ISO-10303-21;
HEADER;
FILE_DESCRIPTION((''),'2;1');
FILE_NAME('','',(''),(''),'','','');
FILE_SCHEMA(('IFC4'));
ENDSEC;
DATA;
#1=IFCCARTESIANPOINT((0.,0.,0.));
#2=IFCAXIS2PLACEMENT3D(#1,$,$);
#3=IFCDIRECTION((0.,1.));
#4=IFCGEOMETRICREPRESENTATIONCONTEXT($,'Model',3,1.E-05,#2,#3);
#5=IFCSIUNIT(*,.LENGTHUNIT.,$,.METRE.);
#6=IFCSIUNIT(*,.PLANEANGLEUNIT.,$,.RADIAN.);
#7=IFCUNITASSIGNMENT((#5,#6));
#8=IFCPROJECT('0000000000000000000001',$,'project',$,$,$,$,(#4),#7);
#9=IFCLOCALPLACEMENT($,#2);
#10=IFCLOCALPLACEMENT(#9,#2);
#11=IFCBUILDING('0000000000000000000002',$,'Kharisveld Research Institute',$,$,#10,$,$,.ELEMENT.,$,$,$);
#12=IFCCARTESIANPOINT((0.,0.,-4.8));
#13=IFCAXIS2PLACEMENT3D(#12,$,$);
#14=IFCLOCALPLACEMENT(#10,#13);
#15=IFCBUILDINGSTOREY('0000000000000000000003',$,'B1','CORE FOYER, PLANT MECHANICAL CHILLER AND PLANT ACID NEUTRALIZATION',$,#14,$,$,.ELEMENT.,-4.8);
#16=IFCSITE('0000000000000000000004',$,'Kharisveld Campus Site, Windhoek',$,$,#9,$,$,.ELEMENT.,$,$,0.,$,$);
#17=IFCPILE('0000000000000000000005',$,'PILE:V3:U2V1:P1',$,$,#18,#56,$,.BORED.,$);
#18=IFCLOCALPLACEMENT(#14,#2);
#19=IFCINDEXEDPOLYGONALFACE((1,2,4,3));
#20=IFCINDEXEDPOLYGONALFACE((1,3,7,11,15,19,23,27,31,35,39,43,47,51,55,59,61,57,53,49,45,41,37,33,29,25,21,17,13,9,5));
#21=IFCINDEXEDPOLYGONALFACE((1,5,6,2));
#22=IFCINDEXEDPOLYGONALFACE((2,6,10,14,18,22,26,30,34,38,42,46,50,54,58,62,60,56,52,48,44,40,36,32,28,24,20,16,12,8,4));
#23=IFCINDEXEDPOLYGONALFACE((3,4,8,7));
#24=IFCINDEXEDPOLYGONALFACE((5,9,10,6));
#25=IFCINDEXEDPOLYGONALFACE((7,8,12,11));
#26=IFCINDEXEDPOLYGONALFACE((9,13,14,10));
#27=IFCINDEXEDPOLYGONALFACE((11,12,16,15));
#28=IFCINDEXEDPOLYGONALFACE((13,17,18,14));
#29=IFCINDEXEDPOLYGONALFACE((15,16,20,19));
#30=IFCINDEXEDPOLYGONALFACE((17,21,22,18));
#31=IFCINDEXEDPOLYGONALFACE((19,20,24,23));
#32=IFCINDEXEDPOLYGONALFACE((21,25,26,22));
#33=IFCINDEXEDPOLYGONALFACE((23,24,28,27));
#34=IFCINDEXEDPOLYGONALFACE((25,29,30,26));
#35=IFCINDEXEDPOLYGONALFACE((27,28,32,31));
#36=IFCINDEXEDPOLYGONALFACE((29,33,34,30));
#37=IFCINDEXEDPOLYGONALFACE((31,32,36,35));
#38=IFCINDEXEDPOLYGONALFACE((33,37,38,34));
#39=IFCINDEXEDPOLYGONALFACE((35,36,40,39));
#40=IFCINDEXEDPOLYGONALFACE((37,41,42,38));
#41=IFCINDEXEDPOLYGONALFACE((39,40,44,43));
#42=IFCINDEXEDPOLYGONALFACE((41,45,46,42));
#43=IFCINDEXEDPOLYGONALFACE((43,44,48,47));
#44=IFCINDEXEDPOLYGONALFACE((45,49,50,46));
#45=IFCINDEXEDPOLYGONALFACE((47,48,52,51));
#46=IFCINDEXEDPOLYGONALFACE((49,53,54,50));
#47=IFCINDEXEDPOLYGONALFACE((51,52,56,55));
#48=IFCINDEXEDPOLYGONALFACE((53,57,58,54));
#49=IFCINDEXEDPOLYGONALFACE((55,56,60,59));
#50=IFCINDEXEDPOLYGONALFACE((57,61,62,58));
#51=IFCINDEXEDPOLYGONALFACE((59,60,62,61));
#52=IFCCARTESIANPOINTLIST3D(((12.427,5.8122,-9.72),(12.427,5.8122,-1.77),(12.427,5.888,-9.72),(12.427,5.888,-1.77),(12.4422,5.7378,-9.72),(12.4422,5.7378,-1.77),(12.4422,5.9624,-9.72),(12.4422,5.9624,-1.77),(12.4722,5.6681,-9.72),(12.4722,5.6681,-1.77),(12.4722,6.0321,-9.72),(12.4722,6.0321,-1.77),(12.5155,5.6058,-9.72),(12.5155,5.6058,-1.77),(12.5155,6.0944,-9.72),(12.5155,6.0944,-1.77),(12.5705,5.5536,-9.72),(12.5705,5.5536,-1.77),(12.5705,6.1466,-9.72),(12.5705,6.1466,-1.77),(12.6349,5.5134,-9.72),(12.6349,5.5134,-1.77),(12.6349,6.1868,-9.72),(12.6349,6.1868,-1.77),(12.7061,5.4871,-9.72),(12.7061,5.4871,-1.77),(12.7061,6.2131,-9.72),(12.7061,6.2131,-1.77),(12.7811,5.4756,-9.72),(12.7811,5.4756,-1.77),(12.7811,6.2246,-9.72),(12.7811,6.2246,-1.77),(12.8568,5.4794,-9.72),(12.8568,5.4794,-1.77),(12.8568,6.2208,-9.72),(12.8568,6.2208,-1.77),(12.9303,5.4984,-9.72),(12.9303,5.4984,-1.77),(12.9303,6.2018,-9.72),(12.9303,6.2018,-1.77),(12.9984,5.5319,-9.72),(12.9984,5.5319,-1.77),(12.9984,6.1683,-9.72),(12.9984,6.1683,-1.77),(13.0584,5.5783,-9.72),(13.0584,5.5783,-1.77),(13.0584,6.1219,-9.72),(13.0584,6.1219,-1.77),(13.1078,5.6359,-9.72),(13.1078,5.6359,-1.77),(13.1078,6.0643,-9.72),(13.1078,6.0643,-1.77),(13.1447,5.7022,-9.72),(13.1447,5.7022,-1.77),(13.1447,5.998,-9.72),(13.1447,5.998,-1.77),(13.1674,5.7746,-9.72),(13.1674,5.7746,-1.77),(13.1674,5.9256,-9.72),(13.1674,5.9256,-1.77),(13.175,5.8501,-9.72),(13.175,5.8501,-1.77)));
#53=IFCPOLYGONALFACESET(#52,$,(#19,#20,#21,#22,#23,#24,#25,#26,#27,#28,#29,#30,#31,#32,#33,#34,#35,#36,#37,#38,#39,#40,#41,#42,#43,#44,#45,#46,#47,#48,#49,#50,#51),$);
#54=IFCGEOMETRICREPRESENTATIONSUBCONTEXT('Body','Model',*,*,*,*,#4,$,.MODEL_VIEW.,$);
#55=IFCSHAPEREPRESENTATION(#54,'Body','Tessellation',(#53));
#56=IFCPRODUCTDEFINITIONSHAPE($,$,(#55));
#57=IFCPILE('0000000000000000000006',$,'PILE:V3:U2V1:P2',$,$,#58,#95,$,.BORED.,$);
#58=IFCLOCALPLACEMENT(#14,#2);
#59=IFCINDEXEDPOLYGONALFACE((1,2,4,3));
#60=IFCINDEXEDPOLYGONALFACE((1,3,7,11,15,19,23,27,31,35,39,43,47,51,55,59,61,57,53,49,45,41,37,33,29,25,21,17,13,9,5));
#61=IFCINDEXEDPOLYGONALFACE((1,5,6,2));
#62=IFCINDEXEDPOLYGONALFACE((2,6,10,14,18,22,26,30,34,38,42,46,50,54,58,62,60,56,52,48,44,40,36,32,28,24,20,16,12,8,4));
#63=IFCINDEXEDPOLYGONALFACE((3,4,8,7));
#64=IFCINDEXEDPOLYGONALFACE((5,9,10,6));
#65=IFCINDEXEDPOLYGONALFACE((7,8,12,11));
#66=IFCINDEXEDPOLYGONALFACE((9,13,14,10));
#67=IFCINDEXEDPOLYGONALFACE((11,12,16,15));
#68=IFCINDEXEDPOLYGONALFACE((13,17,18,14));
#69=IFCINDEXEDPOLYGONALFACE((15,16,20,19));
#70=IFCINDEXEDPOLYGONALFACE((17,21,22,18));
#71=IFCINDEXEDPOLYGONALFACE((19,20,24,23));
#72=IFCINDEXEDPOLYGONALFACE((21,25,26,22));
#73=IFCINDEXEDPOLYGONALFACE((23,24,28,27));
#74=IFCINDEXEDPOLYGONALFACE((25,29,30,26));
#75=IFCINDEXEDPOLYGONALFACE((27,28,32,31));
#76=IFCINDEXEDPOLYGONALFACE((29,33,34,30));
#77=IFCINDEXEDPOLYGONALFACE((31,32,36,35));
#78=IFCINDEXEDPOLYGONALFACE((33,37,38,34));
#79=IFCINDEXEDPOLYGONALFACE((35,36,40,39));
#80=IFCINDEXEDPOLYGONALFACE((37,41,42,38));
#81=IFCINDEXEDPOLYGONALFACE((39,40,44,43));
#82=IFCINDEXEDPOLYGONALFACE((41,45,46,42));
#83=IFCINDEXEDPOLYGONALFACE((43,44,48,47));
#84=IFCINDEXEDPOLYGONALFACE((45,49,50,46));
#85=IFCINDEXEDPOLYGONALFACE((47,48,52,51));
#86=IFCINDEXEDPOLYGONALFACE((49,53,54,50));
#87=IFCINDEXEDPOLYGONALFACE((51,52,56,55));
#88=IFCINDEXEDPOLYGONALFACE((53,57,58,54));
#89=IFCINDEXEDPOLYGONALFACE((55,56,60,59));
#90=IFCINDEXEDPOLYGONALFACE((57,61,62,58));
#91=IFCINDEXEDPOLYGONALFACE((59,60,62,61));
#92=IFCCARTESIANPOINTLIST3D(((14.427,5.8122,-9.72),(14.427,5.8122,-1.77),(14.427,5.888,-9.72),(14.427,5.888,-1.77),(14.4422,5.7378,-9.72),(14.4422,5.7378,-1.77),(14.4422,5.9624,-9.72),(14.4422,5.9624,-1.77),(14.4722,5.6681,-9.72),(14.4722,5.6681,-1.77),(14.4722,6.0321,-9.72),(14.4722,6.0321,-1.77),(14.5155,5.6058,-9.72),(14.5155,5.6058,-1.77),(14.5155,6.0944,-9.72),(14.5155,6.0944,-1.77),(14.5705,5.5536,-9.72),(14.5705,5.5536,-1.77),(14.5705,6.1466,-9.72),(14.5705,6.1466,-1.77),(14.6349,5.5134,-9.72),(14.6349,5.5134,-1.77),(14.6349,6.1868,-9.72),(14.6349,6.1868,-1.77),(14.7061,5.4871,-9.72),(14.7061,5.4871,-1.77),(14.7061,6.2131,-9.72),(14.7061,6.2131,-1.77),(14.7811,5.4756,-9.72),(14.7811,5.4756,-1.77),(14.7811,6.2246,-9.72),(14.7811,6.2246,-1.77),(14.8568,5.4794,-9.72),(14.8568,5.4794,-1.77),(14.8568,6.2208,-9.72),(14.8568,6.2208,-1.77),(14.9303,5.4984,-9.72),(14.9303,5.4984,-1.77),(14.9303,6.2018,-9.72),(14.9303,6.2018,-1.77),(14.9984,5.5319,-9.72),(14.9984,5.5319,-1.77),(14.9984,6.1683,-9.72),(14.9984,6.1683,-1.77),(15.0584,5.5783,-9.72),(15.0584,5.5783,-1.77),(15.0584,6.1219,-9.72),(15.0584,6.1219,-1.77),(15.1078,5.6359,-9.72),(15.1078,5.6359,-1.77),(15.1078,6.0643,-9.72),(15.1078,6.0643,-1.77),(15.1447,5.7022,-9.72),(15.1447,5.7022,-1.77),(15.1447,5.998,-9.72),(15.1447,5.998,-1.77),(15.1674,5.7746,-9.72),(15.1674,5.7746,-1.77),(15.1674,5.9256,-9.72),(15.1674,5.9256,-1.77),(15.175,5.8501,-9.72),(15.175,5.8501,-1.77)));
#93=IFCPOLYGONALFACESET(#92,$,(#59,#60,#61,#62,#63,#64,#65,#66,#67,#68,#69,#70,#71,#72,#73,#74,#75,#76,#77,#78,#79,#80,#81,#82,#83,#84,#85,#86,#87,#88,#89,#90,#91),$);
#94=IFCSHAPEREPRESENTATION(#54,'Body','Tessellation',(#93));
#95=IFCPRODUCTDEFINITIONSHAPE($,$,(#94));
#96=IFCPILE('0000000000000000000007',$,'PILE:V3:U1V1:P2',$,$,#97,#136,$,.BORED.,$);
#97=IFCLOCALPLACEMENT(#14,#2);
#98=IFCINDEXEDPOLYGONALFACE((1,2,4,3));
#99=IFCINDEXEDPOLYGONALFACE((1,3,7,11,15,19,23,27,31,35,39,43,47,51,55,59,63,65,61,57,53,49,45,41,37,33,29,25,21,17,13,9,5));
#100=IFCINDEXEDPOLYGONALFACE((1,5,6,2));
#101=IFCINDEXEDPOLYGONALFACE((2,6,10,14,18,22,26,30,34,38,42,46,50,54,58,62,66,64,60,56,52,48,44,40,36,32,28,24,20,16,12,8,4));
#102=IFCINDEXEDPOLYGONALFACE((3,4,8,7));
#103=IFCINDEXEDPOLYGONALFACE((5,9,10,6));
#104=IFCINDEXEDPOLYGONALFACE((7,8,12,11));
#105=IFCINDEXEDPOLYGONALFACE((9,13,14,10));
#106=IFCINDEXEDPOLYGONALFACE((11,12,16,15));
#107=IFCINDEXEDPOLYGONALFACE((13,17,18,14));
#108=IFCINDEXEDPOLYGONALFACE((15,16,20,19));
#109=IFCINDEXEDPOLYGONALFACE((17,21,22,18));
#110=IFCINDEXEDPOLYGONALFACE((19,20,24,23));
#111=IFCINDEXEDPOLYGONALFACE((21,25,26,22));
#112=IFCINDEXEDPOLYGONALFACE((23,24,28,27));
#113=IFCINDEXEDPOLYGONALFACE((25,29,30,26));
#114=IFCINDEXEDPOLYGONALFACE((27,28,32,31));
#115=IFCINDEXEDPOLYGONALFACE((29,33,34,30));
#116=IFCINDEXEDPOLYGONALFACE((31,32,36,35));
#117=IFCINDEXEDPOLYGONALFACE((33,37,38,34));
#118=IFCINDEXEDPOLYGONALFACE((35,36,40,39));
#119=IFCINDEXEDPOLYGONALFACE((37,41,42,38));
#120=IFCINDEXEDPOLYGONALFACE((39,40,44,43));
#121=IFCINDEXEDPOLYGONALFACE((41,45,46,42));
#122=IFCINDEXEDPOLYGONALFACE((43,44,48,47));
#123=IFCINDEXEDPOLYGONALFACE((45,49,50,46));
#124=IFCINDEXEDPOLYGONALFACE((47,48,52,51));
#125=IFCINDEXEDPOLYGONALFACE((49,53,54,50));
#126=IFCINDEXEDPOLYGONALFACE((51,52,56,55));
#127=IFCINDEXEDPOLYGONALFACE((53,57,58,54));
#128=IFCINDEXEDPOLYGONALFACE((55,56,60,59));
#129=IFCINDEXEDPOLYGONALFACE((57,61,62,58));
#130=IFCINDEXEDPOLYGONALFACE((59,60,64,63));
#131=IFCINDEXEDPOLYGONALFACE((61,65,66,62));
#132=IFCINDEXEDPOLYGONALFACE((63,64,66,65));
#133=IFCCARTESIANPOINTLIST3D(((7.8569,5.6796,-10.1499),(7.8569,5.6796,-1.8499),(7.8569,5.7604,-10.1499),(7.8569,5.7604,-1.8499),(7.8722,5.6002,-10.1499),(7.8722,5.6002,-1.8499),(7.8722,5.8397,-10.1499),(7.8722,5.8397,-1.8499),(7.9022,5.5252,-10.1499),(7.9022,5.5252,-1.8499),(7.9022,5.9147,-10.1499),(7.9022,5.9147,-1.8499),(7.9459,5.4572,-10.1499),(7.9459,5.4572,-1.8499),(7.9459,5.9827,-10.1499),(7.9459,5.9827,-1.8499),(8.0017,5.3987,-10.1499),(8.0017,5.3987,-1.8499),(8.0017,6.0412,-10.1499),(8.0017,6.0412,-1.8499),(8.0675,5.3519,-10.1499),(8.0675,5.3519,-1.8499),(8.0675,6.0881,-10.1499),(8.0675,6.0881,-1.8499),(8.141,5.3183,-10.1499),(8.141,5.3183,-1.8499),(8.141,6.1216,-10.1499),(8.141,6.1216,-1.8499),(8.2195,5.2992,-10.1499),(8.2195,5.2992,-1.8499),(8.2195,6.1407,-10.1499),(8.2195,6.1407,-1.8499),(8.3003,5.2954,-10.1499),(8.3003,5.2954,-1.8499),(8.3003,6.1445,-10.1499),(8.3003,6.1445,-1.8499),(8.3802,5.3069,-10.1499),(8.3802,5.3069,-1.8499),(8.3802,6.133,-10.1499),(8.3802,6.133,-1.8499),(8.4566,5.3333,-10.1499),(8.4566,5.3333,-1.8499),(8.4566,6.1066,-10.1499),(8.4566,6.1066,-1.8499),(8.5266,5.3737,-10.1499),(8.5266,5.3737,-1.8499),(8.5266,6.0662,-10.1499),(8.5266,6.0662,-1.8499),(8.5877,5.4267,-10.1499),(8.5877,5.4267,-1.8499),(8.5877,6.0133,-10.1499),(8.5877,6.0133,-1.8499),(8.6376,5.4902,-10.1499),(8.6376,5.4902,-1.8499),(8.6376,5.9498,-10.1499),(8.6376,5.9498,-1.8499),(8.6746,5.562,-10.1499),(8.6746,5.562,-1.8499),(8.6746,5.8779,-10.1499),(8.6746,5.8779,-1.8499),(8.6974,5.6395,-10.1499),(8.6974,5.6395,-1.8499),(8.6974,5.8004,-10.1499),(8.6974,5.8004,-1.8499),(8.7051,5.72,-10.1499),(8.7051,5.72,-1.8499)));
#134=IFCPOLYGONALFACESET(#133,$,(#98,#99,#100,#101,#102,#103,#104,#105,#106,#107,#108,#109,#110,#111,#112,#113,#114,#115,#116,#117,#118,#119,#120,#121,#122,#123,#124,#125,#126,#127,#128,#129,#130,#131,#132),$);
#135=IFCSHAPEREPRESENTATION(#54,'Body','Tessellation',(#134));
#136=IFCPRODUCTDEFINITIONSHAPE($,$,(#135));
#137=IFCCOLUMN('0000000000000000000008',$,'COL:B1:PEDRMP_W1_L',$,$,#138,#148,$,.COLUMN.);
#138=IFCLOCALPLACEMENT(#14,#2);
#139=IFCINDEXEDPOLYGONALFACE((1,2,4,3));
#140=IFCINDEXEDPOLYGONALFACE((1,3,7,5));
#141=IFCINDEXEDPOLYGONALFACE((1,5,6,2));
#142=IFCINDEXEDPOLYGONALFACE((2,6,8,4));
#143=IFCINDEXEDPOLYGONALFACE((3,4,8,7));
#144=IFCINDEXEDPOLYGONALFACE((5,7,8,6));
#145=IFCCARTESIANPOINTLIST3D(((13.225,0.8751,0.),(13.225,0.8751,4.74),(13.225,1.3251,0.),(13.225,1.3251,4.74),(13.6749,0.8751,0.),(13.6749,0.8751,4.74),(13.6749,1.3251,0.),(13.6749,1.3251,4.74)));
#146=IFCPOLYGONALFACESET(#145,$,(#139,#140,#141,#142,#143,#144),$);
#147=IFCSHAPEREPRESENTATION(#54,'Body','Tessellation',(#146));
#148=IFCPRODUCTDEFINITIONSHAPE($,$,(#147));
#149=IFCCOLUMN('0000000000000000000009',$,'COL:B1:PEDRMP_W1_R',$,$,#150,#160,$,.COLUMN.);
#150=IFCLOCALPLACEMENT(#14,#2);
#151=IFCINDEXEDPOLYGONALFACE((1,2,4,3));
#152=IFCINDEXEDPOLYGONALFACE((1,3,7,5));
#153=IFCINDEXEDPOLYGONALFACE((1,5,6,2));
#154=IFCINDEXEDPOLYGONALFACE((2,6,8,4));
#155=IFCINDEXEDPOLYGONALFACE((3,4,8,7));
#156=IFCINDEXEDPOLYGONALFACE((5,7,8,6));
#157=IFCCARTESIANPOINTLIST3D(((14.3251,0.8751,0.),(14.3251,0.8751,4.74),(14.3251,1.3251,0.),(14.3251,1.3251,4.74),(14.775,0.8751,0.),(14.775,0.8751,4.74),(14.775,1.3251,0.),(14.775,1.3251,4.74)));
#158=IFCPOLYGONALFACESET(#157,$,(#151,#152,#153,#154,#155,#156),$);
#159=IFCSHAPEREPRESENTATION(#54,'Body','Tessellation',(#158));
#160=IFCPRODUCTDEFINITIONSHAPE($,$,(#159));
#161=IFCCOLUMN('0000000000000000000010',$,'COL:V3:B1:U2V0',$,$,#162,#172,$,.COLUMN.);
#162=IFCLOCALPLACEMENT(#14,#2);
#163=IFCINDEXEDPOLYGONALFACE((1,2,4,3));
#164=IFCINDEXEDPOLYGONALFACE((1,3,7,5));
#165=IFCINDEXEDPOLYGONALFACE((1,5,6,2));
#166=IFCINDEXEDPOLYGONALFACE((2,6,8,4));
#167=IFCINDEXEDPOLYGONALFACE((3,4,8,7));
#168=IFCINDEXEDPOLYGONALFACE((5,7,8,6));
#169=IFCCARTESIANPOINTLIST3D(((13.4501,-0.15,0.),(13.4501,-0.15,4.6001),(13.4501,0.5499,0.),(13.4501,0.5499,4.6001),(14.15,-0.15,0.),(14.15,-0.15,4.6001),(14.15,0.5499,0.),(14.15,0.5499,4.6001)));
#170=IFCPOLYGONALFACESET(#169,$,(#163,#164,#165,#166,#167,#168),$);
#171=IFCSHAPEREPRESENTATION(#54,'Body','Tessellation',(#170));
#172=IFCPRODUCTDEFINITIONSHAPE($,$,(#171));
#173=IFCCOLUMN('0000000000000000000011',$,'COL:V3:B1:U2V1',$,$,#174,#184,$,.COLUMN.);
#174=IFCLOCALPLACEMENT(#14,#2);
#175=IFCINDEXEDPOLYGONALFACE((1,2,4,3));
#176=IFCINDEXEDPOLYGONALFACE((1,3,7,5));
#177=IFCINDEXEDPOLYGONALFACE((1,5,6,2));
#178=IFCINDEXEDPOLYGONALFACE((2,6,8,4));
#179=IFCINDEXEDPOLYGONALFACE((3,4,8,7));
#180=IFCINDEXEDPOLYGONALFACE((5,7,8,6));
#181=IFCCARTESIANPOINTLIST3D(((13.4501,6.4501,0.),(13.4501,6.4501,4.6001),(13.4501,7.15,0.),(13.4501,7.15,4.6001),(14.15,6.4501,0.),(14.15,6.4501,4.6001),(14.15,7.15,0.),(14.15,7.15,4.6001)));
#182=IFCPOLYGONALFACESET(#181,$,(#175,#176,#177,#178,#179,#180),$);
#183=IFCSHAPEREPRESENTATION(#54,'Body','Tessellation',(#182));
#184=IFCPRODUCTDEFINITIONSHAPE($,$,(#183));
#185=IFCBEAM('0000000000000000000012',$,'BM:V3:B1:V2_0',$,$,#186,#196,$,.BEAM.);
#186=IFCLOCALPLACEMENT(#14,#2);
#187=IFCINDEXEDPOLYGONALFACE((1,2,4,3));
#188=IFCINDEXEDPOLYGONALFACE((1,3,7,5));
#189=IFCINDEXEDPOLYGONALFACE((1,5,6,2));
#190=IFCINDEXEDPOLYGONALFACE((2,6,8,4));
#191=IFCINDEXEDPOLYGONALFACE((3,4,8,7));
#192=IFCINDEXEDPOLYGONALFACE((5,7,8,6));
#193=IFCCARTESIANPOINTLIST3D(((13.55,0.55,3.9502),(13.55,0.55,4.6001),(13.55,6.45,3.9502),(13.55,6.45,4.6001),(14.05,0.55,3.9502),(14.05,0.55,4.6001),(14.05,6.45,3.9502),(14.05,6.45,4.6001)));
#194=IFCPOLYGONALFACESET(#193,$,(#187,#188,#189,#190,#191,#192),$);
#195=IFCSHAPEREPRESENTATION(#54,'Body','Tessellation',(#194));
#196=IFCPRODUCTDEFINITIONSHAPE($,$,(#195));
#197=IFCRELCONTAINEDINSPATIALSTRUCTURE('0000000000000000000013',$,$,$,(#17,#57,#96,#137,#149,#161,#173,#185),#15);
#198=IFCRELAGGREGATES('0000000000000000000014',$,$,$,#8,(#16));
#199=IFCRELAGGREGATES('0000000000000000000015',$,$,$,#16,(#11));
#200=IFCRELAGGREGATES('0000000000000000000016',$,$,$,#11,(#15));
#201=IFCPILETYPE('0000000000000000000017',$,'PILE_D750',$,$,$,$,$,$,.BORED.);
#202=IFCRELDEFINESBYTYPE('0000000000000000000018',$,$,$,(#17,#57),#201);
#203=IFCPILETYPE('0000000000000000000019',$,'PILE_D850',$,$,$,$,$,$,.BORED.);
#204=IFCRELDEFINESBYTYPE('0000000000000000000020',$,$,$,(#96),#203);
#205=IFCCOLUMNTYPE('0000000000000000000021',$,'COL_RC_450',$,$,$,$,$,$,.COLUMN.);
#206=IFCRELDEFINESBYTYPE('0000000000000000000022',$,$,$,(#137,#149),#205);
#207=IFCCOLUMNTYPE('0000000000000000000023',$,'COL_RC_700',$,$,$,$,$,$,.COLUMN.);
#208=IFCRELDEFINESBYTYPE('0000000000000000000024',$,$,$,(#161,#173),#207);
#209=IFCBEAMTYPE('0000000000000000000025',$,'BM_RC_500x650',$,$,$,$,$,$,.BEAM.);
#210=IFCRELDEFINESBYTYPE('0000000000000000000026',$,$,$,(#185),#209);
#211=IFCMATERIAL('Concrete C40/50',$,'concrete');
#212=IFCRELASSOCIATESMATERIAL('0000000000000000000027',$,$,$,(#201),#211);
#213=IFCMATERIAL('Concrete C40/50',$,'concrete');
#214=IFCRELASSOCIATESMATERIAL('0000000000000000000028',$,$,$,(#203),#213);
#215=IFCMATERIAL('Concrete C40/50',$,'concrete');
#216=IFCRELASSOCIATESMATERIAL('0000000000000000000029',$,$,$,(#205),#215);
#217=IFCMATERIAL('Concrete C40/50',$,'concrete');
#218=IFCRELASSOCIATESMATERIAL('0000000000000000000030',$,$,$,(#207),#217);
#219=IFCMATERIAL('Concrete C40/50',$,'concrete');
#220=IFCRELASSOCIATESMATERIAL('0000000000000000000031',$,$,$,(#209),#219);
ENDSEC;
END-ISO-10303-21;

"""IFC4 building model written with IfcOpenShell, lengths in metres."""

from ifc_helpers import new_model, si_unit, direction, frame, origin, origin_2d, place, context, subcontext, project, spatial, rectangle, circle, extrude, material, material_profile, profile_set, type_object, element, save


model = new_model("IFC4")

# Units and contexts
model_context = context("Model", 3, precision=1e-05, world=origin(), true_north=direction((0.0, 1.0)))
body_context = subcontext(model_context, "Body", "Model", "MODEL_VIEW")
ifc_project = project(units=[si_unit("LENGTHUNIT", "METRE"), si_unit("PLANEANGLEUNIT", "RADIAN")], contexts=[model_context])

# Site, building, storey
site_placement = place(None, origin())
site = spatial("IfcSite", under=ifc_project, at=site_placement, Name="Kharisveld Campus Site, Windhoek", CompositionType="ELEMENT", RefElevation=0.0)
building_placement = place(site_placement, origin())
building = spatial("IfcBuilding", under=site, at=building_placement, Name="Kharisveld Research Institute", CompositionType="ELEMENT")
storey_placement = place(building_placement, frame((0.0, 0.0, -4.8)))
storey = spatial("IfcBuildingStorey", under=building, at=storey_placement, Name="B1", Description="CORE FOYER, PLANT MECHANICAL CHILLER AND PLANT ACID NEUTRALIZATION", CompositionType="ELEMENT", Elevation=-4.8)

# Piles
ifc_material_1 = material(Name="Concrete C40/50", Category="concrete")
ifc_material_profile_1 = material_profile(ifc_material_1, circle(Radius=0.375, at=origin_2d()))
ifc_profile_set_1 = profile_set([ifc_material_profile_1], Name="Concrete C40/50")
pile_type_1 = type_object("IfcPileType", Name="PILE_D750", PredefinedType="BORED", material=ifc_profile_set_1)
for number, where, z_axis, x_axis, name in (
    (1, (12.8, 5.8501, -1.77), (0.0, 0.0, -1.0), (1.0, 0.0, 0.0), "PILE:V3:U2V1:P1"),
    (2, (14.8, 5.8501, -1.77), (0.0, 0.0, -1.0), (1.0, 0.0, 0.0), "PILE:V3:U2V1:P2"),
):
    element("IfcPile", number, at=place(storey_placement, frame(where, z_axis=z_axis, x_axis=x_axis)), inside=storey, type_object=pile_type_1, Name=name, PredefinedType="BORED", context=body_context, shape_type="SweptSolid", body=[
        extrude(circle(Radius=0.375, at=origin_2d()), origin(), (0.0, 0.0, 1.0), 7.95),
    ])
ifc_material_2 = material(Name="Concrete C40/50", Category="concrete")
ifc_material_profile_2 = material_profile(ifc_material_2, circle(Radius=0.425, at=origin_2d()))
ifc_profile_set_2 = profile_set([ifc_material_profile_2], Name="Concrete C40/50")
pile_type_2 = type_object("IfcPileType", Name="PILE_D850", PredefinedType="BORED", material=ifc_profile_set_2)
pile_placement = place(storey_placement, frame((8.28, 5.72, -1.8499), z_axis=(0.0, 0.0, -1.0), x_axis=(1.0, 0.0, 0.0)))
element("IfcPile", 3, at=pile_placement, inside=storey, type_object=pile_type_2, Name="PILE:V3:U1V1:P2", PredefinedType="BORED", context=body_context, shape_type="SweptSolid", body=[
    extrude(circle(Radius=0.425, at=origin_2d()), origin(), (0.0, 0.0, 1.0), 8.3),
])

# Columns
ifc_material_3 = material(Name="Concrete C40/50", Category="concrete")
ifc_material_profile_3 = material_profile(ifc_material_3, rectangle(XDim=0.45, YDim=0.45, at=origin_2d()))
ifc_profile_set_3 = profile_set([ifc_material_profile_3], Name="Concrete C40/50")
column_type_1 = type_object("IfcColumnType", Name="COL_RC_450", PredefinedType="COLUMN", material=ifc_profile_set_3)
for number, where, z_axis, x_axis, name in (
    (4, (13.45, 1.1001, 0.0), (0.0, 0.0, 1.0), (1.0, 0.0, 0.0), "COL:B1:PEDRMP_W1_L"),
    (5, (14.55, 1.1001, 0.0), (0.0, 0.0, 1.0), (1.0, 0.0, 0.0), "COL:B1:PEDRMP_W1_R"),
):
    element("IfcColumn", number, at=place(storey_placement, frame(where, z_axis=z_axis, x_axis=x_axis)), inside=storey, type_object=column_type_1, Name=name, PredefinedType="COLUMN", context=body_context, shape_type="SweptSolid", body=[
        extrude(rectangle(XDim=0.45, YDim=0.45, at=origin_2d()), origin(), (0.0, 0.0, 1.0), 4.74),
    ])
ifc_material_4 = material(Name="Concrete C40/50", Category="concrete")
ifc_material_profile_4 = material_profile(ifc_material_4, rectangle(XDim=0.7, YDim=0.7, at=origin_2d()))
ifc_profile_set_4 = profile_set([ifc_material_profile_4], Name="Concrete C40/50")
column_type_2 = type_object("IfcColumnType", Name="COL_RC_700", PredefinedType="COLUMN", material=ifc_profile_set_4)
for number, where, z_axis, x_axis, name in (
    (6, (13.8, 0.2, 0.0), (0.0, 0.0, 1.0), (1.0, 0.0, 0.0), "COL:V3:B1:U2V0"),
    (7, (13.8, 6.8, 0.0), (0.0, 0.0, 1.0), (1.0, 0.0, 0.0), "COL:V3:B1:U2V1"),
):
    element("IfcColumn", number, at=place(storey_placement, frame(where, z_axis=z_axis, x_axis=x_axis)), inside=storey, type_object=column_type_2, Name=name, PredefinedType="COLUMN", context=body_context, shape_type="SweptSolid", body=[
        extrude(rectangle(XDim=0.7, YDim=0.7, at=origin_2d()), origin(), (0.0, 0.0, 1.0), 4.6001),
    ])

# Beam
ifc_material_5 = material(Name="Concrete C40/50", Category="concrete")
ifc_material_profile_5 = material_profile(ifc_material_5, rectangle(XDim=0.5, YDim=0.6499, at=origin_2d()))
ifc_profile_set_5 = profile_set([ifc_material_profile_5], Name="Concrete C40/50")
beam_type_1 = type_object("IfcBeamType", Name="BM_RC_500x650", PredefinedType="BEAM", material=ifc_profile_set_5)
beam_1_placement = place(storey_placement, frame((13.8, 0.55, 4.2751), z_axis=(0.0, 1.0, 0.0), x_axis=(-1.0, 0.0, 0.0)))
element("IfcBeam", 8, at=beam_1_placement, inside=storey, type_object=beam_type_1, Name="BM:V3:B1:V2_0", PredefinedType="BEAM", context=body_context, shape_type="SweptSolid", body=[
    extrude(rectangle(XDim=0.5, YDim=0.6499, at=origin_2d()), origin(), (0.0, 0.0, 1.0), 5.8999),
])

save(model, "model.ifc")
